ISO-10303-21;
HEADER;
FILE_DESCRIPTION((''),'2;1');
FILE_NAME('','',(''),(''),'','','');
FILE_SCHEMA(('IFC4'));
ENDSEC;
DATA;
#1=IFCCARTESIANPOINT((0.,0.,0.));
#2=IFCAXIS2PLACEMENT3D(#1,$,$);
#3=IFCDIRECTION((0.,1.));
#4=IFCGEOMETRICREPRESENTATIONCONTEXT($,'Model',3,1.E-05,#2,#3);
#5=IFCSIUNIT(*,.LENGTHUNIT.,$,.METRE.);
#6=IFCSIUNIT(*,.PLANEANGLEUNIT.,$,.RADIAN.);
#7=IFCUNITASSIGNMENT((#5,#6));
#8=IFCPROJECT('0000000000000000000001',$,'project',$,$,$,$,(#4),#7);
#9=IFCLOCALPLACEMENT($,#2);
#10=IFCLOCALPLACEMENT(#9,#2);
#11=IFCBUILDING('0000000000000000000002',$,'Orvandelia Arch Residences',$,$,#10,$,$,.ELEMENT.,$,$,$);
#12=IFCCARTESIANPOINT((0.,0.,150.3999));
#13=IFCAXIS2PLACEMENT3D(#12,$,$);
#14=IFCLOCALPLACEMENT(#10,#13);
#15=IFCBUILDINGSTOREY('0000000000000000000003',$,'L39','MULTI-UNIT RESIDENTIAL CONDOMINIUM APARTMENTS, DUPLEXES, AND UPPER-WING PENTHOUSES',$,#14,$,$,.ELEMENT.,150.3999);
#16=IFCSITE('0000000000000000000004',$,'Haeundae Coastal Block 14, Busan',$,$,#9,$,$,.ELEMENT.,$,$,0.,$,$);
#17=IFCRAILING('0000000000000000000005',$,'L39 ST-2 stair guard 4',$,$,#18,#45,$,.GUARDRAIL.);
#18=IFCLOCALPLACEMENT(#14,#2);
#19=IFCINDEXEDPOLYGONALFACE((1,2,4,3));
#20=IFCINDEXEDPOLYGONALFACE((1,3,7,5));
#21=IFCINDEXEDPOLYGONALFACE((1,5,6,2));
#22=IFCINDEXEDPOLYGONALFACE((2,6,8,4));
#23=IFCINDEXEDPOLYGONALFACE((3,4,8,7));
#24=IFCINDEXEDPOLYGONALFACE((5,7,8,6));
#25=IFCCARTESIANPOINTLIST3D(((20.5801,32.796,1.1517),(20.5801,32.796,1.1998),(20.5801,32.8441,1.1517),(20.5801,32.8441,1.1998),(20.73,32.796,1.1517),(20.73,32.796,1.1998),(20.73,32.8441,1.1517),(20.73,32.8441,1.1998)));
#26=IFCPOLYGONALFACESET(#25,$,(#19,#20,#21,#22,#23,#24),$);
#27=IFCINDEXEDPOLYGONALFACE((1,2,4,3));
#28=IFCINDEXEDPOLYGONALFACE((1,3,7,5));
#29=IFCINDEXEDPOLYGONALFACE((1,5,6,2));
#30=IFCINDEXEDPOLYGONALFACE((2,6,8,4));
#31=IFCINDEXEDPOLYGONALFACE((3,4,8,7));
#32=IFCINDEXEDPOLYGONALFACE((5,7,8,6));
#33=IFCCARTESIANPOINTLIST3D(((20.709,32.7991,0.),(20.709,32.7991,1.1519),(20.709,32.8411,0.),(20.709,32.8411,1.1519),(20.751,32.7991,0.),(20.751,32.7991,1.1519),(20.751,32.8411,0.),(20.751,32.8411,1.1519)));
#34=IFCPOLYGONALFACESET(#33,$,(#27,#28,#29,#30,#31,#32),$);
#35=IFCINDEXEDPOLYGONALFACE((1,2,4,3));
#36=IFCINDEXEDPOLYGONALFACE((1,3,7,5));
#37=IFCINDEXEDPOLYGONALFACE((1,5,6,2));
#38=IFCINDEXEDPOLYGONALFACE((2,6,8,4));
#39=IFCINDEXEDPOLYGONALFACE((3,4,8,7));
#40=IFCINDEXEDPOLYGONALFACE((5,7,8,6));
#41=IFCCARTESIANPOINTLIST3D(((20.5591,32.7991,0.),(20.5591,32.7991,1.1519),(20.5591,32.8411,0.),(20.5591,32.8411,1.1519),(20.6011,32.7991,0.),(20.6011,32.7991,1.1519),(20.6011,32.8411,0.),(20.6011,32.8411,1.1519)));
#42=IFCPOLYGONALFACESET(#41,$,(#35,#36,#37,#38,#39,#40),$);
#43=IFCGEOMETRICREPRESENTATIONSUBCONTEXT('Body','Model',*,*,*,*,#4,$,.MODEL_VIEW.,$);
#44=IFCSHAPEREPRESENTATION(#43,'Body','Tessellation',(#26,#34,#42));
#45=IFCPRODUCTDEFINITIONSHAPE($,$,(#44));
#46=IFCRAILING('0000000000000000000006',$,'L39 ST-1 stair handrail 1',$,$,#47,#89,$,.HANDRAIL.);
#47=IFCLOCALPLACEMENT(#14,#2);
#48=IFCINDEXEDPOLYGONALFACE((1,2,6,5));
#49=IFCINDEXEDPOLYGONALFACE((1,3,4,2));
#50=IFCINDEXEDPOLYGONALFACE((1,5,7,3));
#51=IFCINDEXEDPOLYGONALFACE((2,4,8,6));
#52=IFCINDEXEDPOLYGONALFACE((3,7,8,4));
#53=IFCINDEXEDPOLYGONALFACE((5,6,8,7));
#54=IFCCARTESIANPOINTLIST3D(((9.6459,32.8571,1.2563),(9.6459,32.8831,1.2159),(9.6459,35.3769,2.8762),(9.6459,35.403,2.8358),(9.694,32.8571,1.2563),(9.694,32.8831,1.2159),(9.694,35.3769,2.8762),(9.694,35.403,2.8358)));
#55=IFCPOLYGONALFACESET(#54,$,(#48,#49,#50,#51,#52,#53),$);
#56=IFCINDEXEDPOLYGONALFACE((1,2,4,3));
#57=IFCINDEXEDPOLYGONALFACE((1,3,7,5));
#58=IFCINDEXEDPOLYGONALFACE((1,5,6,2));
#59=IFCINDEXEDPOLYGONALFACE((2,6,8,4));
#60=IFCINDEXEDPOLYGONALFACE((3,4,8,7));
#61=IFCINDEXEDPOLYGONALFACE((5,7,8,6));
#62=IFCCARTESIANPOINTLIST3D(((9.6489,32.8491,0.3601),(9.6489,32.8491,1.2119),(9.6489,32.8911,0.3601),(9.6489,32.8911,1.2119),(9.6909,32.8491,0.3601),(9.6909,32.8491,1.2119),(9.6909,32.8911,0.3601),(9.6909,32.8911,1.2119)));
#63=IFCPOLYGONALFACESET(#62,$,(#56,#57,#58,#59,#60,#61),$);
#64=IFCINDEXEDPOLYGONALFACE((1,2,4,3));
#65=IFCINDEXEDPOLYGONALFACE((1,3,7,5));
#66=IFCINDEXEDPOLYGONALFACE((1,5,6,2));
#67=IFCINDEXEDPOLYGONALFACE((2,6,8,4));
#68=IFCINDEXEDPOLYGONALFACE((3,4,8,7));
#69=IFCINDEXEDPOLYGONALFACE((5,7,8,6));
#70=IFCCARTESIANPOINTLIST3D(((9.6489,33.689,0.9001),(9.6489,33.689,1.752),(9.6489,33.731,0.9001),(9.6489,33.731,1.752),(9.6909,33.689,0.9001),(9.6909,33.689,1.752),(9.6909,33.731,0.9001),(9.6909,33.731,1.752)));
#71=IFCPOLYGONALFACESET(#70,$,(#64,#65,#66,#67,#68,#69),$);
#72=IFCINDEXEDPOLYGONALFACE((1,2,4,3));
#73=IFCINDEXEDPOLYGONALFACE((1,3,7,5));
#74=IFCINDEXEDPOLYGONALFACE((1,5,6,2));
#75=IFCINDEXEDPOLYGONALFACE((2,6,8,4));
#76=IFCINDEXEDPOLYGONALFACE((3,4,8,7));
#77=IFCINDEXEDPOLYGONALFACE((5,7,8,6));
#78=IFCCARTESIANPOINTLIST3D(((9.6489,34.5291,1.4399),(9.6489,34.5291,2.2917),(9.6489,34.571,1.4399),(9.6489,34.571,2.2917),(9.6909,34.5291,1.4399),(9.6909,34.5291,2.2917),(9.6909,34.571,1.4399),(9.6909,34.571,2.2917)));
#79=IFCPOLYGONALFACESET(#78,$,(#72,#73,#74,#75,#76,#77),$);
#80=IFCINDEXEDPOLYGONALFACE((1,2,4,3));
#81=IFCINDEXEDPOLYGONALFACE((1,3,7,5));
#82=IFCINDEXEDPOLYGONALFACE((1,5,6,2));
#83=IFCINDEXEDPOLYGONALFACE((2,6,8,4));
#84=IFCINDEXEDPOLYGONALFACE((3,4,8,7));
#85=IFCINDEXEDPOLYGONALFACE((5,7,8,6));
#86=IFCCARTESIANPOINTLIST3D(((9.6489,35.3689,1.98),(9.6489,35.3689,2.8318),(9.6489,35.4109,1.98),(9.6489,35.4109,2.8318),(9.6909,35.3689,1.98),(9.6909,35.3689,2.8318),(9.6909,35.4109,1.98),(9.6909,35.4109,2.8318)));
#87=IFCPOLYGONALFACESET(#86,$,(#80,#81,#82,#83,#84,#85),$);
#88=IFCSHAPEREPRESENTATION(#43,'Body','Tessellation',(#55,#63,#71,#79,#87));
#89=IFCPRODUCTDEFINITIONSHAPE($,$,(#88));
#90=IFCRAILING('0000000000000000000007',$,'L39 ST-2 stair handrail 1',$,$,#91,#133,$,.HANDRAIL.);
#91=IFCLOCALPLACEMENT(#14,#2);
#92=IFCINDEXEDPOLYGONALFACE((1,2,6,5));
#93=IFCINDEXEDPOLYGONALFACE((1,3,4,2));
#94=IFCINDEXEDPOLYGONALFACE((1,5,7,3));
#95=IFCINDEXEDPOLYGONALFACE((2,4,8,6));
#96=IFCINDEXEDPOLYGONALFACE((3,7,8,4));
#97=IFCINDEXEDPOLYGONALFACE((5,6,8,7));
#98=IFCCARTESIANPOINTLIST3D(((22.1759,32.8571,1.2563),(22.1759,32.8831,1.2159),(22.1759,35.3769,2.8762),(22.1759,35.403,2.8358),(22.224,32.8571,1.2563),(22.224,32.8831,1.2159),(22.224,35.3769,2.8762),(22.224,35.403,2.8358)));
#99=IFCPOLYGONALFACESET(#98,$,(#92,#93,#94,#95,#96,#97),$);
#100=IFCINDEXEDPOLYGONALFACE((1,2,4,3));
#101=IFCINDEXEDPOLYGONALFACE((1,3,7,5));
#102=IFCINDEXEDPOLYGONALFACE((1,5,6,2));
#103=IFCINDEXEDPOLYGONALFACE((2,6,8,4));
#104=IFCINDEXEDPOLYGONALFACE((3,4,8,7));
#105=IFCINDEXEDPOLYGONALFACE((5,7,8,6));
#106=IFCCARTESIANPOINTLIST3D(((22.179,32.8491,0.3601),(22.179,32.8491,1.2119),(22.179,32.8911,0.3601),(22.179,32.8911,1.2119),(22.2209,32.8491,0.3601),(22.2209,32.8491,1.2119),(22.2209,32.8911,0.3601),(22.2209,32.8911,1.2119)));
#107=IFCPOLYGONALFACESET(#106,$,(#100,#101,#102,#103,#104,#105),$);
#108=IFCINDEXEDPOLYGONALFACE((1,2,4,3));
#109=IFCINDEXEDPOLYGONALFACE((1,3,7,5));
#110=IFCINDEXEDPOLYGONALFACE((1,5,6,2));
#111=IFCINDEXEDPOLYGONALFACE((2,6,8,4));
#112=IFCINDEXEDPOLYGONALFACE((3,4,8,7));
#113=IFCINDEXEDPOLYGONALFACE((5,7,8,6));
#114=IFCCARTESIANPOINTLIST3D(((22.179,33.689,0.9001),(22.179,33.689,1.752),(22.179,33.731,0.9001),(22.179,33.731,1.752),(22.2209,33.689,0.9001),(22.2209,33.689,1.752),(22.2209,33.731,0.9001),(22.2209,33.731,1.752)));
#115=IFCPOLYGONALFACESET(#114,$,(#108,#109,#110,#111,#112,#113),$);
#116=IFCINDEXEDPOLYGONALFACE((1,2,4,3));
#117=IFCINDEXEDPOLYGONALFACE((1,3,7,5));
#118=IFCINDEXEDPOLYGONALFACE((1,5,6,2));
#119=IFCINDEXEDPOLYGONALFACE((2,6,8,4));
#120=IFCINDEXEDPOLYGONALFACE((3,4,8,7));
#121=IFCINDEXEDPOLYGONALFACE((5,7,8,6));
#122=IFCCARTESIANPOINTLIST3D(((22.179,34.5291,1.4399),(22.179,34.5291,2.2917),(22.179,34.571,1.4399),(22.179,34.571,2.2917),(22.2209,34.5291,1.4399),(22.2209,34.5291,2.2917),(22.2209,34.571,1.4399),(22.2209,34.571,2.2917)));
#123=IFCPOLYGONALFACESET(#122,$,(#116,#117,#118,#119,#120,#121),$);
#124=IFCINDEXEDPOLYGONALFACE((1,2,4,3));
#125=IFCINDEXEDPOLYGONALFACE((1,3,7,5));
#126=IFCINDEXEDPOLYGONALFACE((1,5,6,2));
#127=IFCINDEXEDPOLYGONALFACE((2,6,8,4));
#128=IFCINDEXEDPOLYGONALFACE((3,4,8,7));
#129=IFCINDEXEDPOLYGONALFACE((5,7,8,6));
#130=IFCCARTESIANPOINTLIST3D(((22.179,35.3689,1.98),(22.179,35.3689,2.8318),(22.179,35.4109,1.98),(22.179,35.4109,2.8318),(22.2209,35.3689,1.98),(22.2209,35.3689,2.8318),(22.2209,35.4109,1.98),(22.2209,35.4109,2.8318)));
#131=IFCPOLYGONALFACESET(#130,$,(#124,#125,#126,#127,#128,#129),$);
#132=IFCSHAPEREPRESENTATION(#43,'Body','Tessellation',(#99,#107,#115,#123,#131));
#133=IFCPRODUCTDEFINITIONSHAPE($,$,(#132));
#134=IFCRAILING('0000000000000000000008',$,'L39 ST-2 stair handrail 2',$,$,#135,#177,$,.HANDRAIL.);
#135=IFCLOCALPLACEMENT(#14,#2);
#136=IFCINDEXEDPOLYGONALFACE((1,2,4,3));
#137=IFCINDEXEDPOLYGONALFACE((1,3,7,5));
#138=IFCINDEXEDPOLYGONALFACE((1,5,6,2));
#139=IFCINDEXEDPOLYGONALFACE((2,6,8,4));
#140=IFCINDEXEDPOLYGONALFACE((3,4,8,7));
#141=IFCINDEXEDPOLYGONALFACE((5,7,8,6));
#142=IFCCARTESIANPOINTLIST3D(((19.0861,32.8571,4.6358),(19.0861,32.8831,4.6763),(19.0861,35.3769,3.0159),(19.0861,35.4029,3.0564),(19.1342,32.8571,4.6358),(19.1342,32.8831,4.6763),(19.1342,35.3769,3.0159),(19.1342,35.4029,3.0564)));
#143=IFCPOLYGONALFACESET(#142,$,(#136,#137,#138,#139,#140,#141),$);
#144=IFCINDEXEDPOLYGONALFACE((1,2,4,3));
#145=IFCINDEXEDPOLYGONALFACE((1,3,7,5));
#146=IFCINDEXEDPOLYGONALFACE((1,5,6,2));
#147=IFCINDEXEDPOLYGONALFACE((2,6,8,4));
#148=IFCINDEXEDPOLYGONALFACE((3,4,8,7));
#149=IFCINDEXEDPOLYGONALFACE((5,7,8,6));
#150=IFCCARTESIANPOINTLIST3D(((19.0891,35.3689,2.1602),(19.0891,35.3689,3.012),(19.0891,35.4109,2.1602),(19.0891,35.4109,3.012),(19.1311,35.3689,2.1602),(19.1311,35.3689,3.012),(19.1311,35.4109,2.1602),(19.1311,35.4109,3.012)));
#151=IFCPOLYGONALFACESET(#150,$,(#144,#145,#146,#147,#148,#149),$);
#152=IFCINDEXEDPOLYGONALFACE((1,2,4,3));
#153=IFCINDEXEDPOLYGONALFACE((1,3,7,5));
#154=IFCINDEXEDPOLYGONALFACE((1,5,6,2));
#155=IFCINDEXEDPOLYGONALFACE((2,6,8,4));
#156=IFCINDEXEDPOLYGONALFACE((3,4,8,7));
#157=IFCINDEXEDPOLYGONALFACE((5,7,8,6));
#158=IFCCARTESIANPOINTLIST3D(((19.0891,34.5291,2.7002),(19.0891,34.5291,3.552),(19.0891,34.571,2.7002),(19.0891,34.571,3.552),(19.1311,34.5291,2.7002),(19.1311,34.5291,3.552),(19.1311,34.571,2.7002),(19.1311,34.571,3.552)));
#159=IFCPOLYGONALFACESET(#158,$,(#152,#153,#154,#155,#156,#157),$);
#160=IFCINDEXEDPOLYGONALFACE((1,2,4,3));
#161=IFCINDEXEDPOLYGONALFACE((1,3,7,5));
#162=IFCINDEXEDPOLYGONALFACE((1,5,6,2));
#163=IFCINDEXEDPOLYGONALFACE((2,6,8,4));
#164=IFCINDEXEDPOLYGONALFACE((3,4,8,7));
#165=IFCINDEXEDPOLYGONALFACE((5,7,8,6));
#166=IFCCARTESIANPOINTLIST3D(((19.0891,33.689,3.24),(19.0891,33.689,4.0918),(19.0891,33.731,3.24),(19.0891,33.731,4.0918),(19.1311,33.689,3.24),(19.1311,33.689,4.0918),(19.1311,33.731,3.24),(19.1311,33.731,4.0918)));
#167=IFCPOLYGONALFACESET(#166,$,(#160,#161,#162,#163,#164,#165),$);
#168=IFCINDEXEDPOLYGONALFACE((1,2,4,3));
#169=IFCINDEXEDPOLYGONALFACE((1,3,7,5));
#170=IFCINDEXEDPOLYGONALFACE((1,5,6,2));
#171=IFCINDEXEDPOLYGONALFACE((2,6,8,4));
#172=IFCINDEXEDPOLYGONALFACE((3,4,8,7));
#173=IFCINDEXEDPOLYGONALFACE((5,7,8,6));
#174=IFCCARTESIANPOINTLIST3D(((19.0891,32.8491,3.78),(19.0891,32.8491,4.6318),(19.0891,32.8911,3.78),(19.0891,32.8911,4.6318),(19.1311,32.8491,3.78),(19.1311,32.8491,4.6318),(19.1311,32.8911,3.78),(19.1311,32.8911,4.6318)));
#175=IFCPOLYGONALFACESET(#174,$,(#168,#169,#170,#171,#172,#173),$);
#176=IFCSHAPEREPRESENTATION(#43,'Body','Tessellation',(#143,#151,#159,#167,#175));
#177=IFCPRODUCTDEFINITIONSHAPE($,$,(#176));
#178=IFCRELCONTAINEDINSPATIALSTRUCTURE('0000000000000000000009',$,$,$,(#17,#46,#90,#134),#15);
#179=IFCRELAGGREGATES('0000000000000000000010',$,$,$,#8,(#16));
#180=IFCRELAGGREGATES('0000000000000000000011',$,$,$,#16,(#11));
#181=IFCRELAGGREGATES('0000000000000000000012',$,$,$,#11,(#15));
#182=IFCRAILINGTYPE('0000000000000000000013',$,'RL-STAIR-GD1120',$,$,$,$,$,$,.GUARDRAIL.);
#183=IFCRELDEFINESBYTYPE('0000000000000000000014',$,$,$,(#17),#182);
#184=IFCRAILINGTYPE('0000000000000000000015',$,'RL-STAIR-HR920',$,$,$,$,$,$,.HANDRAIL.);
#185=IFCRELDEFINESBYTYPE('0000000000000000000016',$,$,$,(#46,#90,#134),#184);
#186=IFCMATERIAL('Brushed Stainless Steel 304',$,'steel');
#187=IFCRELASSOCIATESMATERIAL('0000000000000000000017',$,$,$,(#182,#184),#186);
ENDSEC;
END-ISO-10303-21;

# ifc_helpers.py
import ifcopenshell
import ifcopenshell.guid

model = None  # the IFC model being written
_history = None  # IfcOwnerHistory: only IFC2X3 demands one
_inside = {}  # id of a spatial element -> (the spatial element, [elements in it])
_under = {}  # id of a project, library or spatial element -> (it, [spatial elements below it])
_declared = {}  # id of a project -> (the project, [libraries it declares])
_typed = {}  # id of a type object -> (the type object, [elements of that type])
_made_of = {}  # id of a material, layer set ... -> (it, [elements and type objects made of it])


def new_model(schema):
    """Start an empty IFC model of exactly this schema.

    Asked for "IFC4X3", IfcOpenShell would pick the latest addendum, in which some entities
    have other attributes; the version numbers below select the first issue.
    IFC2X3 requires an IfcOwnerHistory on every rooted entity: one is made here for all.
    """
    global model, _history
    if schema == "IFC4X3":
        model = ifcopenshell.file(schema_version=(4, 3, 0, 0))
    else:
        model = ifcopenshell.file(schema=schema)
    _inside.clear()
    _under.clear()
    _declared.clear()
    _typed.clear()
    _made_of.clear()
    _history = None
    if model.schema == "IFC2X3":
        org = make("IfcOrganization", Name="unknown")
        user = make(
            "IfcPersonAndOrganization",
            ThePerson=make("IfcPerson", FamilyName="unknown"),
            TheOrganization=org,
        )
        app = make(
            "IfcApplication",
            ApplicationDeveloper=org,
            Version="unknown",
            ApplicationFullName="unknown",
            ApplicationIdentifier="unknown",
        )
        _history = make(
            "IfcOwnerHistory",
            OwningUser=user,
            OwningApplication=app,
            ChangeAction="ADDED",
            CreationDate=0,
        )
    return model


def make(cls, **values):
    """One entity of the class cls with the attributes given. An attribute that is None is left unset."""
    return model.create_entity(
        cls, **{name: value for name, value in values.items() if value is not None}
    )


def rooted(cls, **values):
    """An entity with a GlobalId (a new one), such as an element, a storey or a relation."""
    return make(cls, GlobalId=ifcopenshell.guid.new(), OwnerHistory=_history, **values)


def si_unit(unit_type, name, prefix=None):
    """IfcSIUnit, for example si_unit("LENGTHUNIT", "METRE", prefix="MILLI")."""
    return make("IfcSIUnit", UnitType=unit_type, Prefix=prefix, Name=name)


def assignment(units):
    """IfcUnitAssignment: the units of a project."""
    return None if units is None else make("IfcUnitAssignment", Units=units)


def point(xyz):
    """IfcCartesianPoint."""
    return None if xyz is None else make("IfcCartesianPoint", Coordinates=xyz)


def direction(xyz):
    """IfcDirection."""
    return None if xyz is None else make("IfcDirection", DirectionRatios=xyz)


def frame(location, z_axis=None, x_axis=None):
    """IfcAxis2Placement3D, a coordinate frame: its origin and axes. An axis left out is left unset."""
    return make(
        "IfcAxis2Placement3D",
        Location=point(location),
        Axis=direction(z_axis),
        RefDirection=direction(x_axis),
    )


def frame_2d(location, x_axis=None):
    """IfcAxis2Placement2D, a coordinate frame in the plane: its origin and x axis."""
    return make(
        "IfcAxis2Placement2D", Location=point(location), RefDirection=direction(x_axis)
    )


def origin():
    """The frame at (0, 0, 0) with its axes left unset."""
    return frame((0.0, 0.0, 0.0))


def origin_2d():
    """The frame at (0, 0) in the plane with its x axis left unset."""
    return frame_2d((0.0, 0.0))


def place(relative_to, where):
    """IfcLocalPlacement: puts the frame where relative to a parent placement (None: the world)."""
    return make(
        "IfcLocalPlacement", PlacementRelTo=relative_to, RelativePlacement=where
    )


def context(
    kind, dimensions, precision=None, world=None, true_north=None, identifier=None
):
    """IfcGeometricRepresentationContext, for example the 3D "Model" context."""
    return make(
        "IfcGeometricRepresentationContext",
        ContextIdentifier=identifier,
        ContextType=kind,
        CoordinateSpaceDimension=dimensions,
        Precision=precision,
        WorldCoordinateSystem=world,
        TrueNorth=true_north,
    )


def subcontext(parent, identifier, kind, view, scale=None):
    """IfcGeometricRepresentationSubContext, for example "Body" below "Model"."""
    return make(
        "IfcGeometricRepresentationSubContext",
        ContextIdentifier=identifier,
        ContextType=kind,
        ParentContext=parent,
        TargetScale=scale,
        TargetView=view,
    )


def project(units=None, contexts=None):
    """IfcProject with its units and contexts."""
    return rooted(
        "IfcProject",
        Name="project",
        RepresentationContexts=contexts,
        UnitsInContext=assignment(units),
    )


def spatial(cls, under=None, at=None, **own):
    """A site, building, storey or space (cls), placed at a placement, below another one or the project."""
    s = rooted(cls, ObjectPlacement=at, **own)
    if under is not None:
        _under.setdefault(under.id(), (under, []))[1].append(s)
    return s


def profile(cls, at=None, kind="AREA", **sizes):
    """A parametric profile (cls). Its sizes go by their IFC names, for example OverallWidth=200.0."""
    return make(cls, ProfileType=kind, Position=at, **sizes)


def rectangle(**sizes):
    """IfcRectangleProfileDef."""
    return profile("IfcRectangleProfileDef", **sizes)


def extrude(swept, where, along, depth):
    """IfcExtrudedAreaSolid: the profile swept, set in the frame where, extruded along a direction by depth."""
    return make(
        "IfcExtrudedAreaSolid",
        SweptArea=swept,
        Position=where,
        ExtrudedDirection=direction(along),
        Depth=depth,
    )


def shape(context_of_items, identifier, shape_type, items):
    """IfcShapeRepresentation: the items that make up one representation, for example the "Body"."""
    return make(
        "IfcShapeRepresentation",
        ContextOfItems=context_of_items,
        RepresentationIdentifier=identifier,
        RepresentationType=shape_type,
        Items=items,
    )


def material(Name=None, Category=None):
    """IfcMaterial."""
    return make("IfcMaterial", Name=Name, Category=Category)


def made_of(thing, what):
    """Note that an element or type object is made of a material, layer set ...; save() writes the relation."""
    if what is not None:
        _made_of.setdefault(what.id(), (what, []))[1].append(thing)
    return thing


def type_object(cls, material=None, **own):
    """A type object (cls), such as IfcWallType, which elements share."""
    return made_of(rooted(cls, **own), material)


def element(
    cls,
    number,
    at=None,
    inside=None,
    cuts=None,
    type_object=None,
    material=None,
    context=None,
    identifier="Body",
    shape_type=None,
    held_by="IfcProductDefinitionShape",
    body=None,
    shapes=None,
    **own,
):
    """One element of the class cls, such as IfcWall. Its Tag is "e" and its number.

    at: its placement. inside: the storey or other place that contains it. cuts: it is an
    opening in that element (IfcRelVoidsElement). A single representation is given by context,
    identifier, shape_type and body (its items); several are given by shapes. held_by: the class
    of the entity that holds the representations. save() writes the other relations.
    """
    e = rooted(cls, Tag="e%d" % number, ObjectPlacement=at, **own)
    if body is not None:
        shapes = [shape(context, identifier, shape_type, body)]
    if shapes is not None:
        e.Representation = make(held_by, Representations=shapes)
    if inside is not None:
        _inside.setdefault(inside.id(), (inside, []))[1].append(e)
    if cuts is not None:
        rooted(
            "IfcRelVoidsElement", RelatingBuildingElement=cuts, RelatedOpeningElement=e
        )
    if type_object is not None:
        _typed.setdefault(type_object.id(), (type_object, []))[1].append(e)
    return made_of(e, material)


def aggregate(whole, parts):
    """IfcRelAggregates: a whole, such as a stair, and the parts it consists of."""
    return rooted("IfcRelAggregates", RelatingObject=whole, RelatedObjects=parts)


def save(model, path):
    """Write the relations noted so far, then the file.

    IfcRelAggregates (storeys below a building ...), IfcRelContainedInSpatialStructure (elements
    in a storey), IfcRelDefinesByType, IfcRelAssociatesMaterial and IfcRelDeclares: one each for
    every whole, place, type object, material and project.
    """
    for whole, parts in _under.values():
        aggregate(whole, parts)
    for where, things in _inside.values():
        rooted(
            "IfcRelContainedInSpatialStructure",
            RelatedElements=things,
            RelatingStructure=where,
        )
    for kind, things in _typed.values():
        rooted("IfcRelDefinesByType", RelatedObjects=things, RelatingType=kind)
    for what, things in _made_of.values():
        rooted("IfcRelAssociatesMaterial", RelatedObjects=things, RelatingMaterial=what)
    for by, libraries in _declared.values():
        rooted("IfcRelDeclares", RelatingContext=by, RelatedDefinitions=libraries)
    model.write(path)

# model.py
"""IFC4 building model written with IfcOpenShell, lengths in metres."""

from ifc_helpers import new_model, si_unit, direction, frame, origin, origin_2d, place, context, subcontext, project, spatial, rectangle, extrude, material, type_object, element, save


model = new_model("IFC4")

# Units and contexts
model_context = context("Model", 3, precision=1e-05, world=origin(), true_north=direction((0.0, 1.0)))
body_context = subcontext(model_context, "Body", "Model", "MODEL_VIEW")
ifc_project = project(units=[si_unit("LENGTHUNIT", "METRE"), si_unit("PLANEANGLEUNIT", "RADIAN")], contexts=[model_context])

# Site, building, storey
site_placement = place(None, origin())
site = spatial("IfcSite", under=ifc_project, at=site_placement, Name="Haeundae Coastal Block 14, Busan", CompositionType="ELEMENT", RefElevation=0.0)
building_placement = place(site_placement, origin())
building = spatial("IfcBuilding", under=site, at=building_placement, Name="Orvandelia Arch Residences", CompositionType="ELEMENT")
storey_placement = place(building_placement, frame((0.0, 0.0, 150.3999)))
storey = spatial("IfcBuildingStorey", under=building, at=storey_placement, Name="L39", Description="MULTI-UNIT RESIDENTIAL CONDOMINIUM APARTMENTS, DUPLEXES, AND UPPER-WING PENTHOUSES", CompositionType="ELEMENT", Elevation=150.3999)

# Railings
ifc_material_1 = material(Name="Brushed Stainless Steel 304", Category="steel")
railing_type_1 = type_object("IfcRailingType", Name="RL-STAIR-GD1120", PredefinedType="GUARDRAIL", material=ifc_material_1)
railing_1_placement = place(storey_placement, frame((20.73, 32.8201, 0.0)))
element("IfcRailing", 1, at=railing_1_placement, inside=storey, type_object=railing_type_1, Name="L39 ST-2 stair guard 4", PredefinedType="GUARDRAIL", context=body_context, shape_type="SweptSolid", body=[
    extrude(rectangle(XDim=0.0481, YDim=0.0481, at=origin_2d()), frame((0.0, 0.0, 1.1758), z_axis=(-1.0, 0.0, 0.0), x_axis=(0.0, -1.0, 0.0)), (0.0, 0.0, 1.0), 0.1499),
    extrude(rectangle(XDim=0.042, YDim=0.042, at=origin_2d()), origin(), (0.0, 0.0, 1.0), 1.1519),
    extrude(rectangle(XDim=0.042, YDim=0.042, at=origin_2d()), frame((-0.1499, 0.0, 0.0)), (0.0, 0.0, 1.0), 1.1519),
])
railing_type_2 = type_object("IfcRailingType", Name="RL-STAIR-HR920", PredefinedType="HANDRAIL", material=ifc_material_1)
for number, where, name in (
    (2, (9.6699, 32.8701, 0.3601), "L39 ST-1 stair handrail 1"),
    (3, (22.2, 32.8701, 0.3601), "L39 ST-2 stair handrail 1"),
):
    element("IfcRailing", number, at=place(storey_placement, frame(where)), inside=storey, type_object=railing_type_2, Name=name, PredefinedType="HANDRAIL", context=body_context, shape_type="SweptSolid", body=[
        extrude(rectangle(XDim=0.0481, YDim=0.0481, at=origin_2d()), frame((0.0, 0.0, 0.876), z_axis=(0.0, 0.841176, 0.540762), x_axis=(-1.0, 0.0, 0.0)), (0.0, 0.0, 1.0), 2.9956),
        extrude(rectangle(XDim=0.042, YDim=0.042, at=origin_2d()), origin(), (0.0, 0.0, 1.0), 0.8518),
        extrude(rectangle(XDim=0.042, YDim=0.042, at=origin_2d()), frame((0.0, 0.8398, 0.54)), (0.0, 0.0, 1.0), 0.8518),
        extrude(rectangle(XDim=0.042, YDim=0.042, at=origin_2d()), frame((0.0, 1.6799, 1.0798)), (0.0, 0.0, 1.0), 0.8518),
        extrude(rectangle(XDim=0.042, YDim=0.042, at=origin_2d()), frame((0.0, 2.5198, 1.6199)), (0.0, 0.0, 1.0), 0.8518),
    ])
railing_2_placement = place(storey_placement, frame((19.1101, 35.3899, 2.1602)))
element("IfcRailing", 4, at=railing_2_placement, inside=storey, type_object=railing_type_2, Name="L39 ST-2 stair handrail 2", PredefinedType="HANDRAIL", context=body_context, shape_type="SweptSolid", body=[
    extrude(rectangle(XDim=0.0481, YDim=0.0481, at=origin_2d()), frame((0.0, 0.0, 0.876), z_axis=(0.0, -0.841176, 0.540762), x_axis=(1.0, 0.0, 0.0)), (0.0, 0.0, 1.0), 2.9956),
    extrude(rectangle(XDim=0.042, YDim=0.042, at=origin_2d()), origin(), (0.0, 0.0, 1.0), 0.8518),
    extrude(rectangle(XDim=0.042, YDim=0.042, at=origin_2d()), frame((0.0, -0.8398, 0.54)), (0.0, 0.0, 1.0), 0.8518),
    extrude(rectangle(XDim=0.042, YDim=0.042, at=origin_2d()), frame((0.0, -1.6799, 1.0798)), (0.0, 0.0, 1.0), 0.8518),
    extrude(rectangle(XDim=0.042, YDim=0.042, at=origin_2d()), frame((0.0, -2.5198, 1.6199)), (0.0, 0.0, 1.0), 0.8518),
])

save(model, "model.ifc")
